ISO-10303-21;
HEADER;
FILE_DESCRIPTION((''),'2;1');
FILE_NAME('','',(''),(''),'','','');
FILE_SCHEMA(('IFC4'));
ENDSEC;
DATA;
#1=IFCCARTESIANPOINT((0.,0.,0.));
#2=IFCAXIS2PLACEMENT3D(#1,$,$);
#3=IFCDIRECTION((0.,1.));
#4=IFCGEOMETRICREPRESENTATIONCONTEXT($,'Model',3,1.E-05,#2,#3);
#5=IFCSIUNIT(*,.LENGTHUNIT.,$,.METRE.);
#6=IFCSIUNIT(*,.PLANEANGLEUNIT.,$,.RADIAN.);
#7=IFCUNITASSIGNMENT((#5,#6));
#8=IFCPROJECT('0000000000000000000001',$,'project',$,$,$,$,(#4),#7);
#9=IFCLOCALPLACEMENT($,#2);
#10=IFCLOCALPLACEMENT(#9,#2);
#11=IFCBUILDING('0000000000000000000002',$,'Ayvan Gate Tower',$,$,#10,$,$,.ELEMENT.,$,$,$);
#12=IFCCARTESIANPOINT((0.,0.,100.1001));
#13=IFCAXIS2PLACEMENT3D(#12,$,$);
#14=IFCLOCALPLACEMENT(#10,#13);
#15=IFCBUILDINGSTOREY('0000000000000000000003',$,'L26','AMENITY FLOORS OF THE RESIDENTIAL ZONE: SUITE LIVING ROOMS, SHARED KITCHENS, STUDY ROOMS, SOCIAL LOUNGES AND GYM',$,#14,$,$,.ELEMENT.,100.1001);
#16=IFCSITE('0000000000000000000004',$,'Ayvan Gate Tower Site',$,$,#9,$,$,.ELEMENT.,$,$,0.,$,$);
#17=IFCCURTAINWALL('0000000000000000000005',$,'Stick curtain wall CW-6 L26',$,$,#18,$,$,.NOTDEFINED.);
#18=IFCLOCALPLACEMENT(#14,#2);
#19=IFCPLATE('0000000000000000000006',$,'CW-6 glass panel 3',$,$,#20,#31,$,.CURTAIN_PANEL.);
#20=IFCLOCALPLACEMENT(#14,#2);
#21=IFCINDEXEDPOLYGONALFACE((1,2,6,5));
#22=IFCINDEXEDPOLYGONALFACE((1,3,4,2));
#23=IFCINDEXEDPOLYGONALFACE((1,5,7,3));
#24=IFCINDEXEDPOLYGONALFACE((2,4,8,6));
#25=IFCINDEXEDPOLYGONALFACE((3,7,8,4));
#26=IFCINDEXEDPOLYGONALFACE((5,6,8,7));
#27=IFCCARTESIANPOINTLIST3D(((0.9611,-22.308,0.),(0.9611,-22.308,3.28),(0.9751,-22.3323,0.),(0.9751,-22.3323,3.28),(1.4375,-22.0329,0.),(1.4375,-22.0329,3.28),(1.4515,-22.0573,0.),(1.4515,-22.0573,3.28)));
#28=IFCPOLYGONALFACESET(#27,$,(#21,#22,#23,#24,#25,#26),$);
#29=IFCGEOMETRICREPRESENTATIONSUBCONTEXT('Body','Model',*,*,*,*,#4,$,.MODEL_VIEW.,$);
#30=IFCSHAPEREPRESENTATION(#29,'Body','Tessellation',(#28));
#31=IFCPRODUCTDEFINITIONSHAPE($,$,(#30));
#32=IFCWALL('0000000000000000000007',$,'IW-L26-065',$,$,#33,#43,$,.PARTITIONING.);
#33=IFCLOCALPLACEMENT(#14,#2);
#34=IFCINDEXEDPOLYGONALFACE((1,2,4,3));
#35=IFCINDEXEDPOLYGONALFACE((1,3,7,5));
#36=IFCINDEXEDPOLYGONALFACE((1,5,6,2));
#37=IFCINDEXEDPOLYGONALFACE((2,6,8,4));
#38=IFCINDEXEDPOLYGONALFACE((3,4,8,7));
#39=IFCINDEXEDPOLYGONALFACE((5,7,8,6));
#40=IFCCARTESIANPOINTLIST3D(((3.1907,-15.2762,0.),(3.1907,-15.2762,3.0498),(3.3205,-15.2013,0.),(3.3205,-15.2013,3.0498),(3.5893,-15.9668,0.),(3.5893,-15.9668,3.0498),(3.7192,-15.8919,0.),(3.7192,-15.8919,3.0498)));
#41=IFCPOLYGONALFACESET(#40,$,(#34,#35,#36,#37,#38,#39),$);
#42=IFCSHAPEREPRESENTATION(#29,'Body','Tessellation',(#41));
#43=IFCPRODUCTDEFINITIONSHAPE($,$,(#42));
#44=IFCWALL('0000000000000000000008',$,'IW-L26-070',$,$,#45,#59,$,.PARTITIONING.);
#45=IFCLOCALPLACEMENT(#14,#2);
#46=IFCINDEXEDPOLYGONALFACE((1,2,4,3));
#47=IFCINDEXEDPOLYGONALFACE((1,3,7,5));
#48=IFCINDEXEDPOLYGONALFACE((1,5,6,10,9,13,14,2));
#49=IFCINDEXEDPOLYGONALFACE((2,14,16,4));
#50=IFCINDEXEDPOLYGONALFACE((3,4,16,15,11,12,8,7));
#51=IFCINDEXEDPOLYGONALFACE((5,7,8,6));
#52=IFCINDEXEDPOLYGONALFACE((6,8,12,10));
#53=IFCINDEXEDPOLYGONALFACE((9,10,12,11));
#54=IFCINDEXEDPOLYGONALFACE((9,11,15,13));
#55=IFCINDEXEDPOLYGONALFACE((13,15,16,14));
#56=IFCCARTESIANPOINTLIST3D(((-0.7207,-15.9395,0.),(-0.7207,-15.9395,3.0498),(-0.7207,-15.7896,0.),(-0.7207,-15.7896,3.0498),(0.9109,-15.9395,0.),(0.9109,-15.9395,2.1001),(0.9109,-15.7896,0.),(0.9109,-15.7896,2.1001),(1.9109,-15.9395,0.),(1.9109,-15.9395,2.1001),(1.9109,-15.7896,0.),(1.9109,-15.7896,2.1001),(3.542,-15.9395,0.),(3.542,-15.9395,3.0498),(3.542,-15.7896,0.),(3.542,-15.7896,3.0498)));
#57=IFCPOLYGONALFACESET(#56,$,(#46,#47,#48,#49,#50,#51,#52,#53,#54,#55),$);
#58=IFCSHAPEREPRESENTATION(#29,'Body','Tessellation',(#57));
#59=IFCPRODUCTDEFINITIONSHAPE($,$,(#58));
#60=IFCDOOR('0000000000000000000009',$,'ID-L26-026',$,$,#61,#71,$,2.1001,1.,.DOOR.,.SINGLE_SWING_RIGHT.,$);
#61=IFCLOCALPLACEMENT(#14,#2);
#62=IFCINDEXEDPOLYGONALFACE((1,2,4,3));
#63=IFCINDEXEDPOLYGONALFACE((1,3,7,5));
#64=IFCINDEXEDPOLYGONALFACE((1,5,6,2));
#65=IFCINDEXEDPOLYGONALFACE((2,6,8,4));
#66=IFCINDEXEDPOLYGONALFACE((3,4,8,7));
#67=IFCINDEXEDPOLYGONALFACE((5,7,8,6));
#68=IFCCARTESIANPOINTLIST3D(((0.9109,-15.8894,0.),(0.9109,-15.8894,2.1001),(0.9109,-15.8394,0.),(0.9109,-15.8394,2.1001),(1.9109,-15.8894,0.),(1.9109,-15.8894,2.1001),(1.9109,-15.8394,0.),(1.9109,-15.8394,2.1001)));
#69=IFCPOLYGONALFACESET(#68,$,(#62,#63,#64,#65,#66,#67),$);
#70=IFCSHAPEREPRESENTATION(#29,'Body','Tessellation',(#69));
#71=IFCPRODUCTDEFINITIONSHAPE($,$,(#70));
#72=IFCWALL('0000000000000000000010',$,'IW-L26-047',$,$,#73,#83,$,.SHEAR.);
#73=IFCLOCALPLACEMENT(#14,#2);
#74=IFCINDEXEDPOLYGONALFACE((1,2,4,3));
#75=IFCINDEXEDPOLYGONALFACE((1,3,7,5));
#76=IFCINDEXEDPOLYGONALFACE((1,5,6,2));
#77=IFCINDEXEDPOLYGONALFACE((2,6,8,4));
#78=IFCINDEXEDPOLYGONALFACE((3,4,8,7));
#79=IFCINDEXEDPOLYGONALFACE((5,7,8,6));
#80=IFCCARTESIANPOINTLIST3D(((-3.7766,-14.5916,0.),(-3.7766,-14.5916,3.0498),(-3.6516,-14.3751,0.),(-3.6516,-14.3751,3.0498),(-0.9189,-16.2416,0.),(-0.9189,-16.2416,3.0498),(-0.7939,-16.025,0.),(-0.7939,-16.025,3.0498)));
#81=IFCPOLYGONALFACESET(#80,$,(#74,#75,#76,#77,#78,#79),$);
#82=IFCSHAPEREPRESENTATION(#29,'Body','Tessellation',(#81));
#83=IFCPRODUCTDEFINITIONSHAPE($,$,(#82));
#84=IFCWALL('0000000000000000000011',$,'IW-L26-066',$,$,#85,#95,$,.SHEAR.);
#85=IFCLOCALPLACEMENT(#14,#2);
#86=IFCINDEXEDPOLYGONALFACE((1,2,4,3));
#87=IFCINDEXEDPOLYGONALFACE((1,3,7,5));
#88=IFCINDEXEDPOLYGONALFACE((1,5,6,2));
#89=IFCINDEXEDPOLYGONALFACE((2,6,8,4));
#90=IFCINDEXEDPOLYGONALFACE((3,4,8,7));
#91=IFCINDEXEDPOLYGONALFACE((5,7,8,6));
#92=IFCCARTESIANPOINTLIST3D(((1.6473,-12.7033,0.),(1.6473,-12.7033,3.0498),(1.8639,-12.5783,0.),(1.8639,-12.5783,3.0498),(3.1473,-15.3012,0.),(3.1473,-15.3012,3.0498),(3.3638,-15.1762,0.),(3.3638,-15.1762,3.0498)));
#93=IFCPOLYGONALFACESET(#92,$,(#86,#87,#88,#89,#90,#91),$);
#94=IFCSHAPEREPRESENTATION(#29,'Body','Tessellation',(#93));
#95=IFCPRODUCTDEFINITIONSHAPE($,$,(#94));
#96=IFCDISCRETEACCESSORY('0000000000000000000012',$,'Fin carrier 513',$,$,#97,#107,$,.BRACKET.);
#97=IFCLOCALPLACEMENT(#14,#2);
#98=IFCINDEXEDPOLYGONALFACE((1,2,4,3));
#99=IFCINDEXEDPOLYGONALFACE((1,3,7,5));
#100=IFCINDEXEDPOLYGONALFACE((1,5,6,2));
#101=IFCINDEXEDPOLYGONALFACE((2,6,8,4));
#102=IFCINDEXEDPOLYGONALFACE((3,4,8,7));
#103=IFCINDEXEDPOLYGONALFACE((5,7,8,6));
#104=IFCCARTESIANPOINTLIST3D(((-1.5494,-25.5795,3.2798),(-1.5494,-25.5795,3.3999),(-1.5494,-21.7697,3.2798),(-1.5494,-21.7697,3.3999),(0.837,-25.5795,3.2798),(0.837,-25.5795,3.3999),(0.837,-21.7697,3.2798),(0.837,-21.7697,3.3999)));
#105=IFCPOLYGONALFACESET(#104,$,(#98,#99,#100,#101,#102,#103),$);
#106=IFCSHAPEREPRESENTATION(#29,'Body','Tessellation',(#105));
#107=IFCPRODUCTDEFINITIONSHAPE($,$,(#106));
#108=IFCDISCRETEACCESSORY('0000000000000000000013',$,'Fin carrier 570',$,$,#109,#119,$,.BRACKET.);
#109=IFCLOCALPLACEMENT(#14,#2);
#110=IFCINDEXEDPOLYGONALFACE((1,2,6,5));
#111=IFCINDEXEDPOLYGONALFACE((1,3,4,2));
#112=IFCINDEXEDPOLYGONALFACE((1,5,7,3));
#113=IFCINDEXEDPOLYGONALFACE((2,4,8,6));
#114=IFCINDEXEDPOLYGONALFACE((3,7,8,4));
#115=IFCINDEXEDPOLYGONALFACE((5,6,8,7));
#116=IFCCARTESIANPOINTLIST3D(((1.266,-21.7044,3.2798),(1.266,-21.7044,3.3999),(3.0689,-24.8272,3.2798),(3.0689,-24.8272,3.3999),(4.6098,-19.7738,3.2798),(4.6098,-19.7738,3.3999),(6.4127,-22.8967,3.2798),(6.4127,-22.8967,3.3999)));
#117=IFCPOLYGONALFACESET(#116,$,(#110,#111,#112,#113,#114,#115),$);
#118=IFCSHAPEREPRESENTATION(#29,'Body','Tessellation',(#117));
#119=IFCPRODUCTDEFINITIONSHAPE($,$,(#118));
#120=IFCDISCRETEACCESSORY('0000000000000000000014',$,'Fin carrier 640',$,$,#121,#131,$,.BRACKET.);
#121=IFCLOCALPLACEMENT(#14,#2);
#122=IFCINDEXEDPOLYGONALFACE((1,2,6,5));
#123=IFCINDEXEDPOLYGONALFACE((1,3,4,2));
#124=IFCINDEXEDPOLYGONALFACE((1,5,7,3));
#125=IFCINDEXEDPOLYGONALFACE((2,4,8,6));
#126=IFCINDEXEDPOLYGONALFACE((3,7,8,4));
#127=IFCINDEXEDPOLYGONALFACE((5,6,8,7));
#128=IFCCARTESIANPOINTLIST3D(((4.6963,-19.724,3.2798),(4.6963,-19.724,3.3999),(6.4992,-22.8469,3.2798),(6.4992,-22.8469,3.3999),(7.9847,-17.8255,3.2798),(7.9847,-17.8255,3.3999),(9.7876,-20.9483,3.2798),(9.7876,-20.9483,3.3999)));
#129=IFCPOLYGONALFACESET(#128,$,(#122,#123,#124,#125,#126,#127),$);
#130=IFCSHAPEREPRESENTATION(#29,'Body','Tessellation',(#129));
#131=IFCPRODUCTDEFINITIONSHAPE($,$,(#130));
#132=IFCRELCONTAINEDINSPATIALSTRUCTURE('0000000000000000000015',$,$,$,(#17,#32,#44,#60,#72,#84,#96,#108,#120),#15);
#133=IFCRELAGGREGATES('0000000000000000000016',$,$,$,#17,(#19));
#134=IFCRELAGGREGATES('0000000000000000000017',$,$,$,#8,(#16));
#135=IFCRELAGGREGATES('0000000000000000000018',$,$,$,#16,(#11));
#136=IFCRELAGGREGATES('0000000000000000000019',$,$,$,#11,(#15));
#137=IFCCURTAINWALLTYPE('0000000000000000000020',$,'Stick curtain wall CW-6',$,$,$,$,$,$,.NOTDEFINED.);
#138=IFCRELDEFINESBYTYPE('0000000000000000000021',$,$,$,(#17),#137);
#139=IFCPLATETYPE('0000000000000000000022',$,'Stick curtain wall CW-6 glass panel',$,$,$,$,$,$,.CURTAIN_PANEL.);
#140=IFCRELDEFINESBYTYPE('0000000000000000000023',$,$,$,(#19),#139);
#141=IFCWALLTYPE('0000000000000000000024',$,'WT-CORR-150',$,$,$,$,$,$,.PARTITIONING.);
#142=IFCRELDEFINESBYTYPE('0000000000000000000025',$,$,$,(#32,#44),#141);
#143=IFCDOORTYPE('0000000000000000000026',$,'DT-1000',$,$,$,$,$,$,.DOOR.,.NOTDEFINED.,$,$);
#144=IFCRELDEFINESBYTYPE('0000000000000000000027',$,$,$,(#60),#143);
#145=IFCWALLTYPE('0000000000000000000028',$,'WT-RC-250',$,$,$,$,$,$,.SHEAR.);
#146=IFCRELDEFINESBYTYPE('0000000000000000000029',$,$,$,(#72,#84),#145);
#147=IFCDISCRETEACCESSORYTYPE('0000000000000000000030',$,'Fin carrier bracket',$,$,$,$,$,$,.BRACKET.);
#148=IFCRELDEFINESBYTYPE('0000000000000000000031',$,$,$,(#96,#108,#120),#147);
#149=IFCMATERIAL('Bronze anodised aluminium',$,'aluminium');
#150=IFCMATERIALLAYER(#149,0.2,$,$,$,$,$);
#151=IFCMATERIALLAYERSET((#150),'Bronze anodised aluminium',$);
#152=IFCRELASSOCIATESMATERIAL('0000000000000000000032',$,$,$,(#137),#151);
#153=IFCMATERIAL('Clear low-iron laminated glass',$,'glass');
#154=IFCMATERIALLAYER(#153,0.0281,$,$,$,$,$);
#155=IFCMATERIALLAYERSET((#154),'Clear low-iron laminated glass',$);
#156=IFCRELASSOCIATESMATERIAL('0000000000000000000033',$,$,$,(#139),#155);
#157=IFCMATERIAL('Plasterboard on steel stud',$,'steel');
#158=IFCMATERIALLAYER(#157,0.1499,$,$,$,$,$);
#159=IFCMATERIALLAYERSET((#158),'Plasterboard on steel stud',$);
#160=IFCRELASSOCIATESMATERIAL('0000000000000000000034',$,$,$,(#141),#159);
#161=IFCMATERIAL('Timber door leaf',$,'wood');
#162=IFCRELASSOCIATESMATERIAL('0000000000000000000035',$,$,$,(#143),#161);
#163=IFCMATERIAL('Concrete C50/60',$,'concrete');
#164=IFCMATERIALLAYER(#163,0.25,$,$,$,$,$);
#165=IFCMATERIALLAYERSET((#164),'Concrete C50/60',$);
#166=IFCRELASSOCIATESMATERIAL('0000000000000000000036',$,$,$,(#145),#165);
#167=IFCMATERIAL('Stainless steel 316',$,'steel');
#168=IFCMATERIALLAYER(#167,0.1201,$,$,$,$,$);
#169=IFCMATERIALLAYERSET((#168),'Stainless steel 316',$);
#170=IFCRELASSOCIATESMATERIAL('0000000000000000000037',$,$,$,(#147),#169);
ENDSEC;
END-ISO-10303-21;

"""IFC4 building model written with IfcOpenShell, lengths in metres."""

from ifc_helpers import new_model, si_unit, direction, frame, frame_2d, origin, origin_2d, place, context, subcontext, project, spatial, rectangle, extrude, material, layer, layer_set, type_object, element, fill, aggregate, save


model = new_model("IFC4")

# Units and contexts
model_context = context("Model", 3, precision=1e-05, world=origin(), true_north=direction((0.0, 1.0)))
body_context = subcontext(model_context, "Body", "Model", "MODEL_VIEW")
ifc_project = project(units=[si_unit("LENGTHUNIT", "METRE"), si_unit("PLANEANGLEUNIT", "RADIAN")], contexts=[model_context])

# Site, building, storey
site_placement = place(None, origin())
site = spatial("IfcSite", under=ifc_project, at=site_placement, Name="Ayvan Gate Tower Site", CompositionType="ELEMENT", RefElevation=0.0)
building_placement = place(site_placement, origin())
building = spatial("IfcBuilding", under=site, at=building_placement, Name="Ayvan Gate Tower", CompositionType="ELEMENT")
storey_placement = place(building_placement, frame((0.0, 0.0, 100.1001)))
storey = spatial("IfcBuildingStorey", under=building, at=storey_placement, Name="L26", Description="AMENITY FLOORS OF THE RESIDENTIAL ZONE: SUITE LIVING ROOMS, SHARED KITCHENS, STUDY ROOMS, SOCIAL LOUNGES AND GYM", CompositionType="ELEMENT", Elevation=100.1001)

# Curtain wall
ifc_material_1 = material(Name="Bronze anodised aluminium", Category="aluminium")
ifc_layer_1 = layer(ifc_material_1, 0.2)
ifc_layer_set_1 = layer_set([ifc_layer_1], Name="Bronze anodised aluminium")
curtain_wall_type_1 = type_object("IfcCurtainWallType", Name="Stick curtain wall CW-6", PredefinedType="NOTDEFINED", material=ifc_layer_set_1)
curtain_wall_1_placement = place(storey_placement, origin())
curtain_wall_1 = element("IfcCurtainWall", 1, at=curtain_wall_1_placement, inside=storey, type_object=curtain_wall_type_1, Name="Stick curtain wall CW-6 L26", PredefinedType="NOTDEFINED")

# Plate
ifc_material_2 = material(Name="Clear low-iron laminated glass", Category="glass")
ifc_layer_2 = layer(ifc_material_2, 0.0281)
ifc_layer_set_2 = layer_set([ifc_layer_2], Name="Clear low-iron laminated glass")
plate_type_1 = type_object("IfcPlateType", Name="Stick curtain wall CW-6 glass panel", PredefinedType="CURTAIN_PANEL", material=ifc_layer_set_2)
plate_1_placement = place(storey_placement, frame((1.2063, -22.1826, 0.0), z_axis=(0.0, 0.0, 1.0), x_axis=(0.866025, 0.5, 0.0)))
plate_1 = element("IfcPlate", 2, at=plate_1_placement, type_object=plate_type_1, Name="CW-6 glass panel 3", PredefinedType="CURTAIN_PANEL", context=body_context, shape_type="SweptSolid", body=[
    extrude(rectangle(XDim=0.55, YDim=0.0281, at=origin_2d()), origin(), (0.0, 0.0, 1.0), 3.28),
])
aggregate(curtain_wall_1, [plate_1])

# Wall
ifc_material_3 = material(Name="Plasterboard on steel stud", Category="steel")
ifc_layer_3 = layer(ifc_material_3, 0.1499)
ifc_layer_set_3 = layer_set([ifc_layer_3], Name="Plasterboard on steel stud")
wall_type_1 = type_object("IfcWallType", Name="WT-CORR-150", PredefinedType="PARTITIONING", material=ifc_layer_set_3)
wall_1_placement = place(storey_placement, frame((3.2556, -15.2388, 0.0), z_axis=(0.0, 0.0, 1.0), x_axis=(0.499926, -0.866068, 0.0)))
element("IfcWall", 3, at=wall_1_placement, inside=storey, type_object=wall_type_1, Name="IW-L26-065", PredefinedType="PARTITIONING", context=body_context, shape_type="SweptSolid", body=[
    extrude(rectangle(XDim=0.7974, YDim=0.1499, at=frame_2d((0.3987, 0.0))), origin(), (0.0, 0.0, 1.0), 3.0498),
])

# Wall, opening, door
wall_2_placement = place(storey_placement, frame((3.542, -15.8645, 0.0), z_axis=(0.0, 0.0, 1.0), x_axis=(-1.0, 0.0, 0.0)))
wall_2 = element("IfcWall", 4, at=wall_2_placement, inside=storey, type_object=wall_type_1, Name="IW-L26-070", PredefinedType="PARTITIONING", context=body_context, shape_type="SweptSolid", body=[
    extrude(rectangle(XDim=4.2627, YDim=0.1499, at=frame_2d((2.1313, 0.0))), origin(), (0.0, 0.0, 1.0), 3.0498),
])
opening_placement = place(wall_2_placement, frame((1.6311, 0.0, 0.0)))
opening = element("IfcOpeningElement", 5, at=opening_placement, cuts=wall_2, PredefinedType="OPENING", context=body_context, shape_type="SweptSolid", body=[
    extrude(rectangle(XDim=1.0, YDim=2.1001, at=frame_2d((0.5, 1.05))), frame((0.0, 0.085, 0.0), z_axis=(0.0, -1.0, 0.0), x_axis=(1.0, 0.0, 0.0)), (0.0, 0.0, 1.0), 0.1699),
])
ifc_material_4 = material(Name="Timber door leaf", Category="wood")
door_type = type_object("IfcDoorType", Name="DT-1000", OperationType="NOTDEFINED", PredefinedType="DOOR", material=ifc_material_4)
door_placement = place(opening_placement, origin())
door = element("IfcDoor", 6, at=door_placement, inside=storey, type_object=door_type, Name="ID-L26-026", OperationType="SINGLE_SWING_RIGHT", OverallHeight=2.1001, OverallWidth=1.0, PredefinedType="DOOR", context=body_context, shape_type="SweptSolid", body=[
    extrude(rectangle(XDim=1.0, YDim=2.1001, at=frame_2d((0.5, 1.05))), frame((0.0, 0.0249, 0.0), z_axis=(0.0, -1.0, 0.0), x_axis=(1.0, 0.0, 0.0)), (0.0, 0.0, 1.0), 0.05),
])
fill(opening, door)

# Walls
ifc_material_5 = material(Name="Concrete C50/60", Category="concrete")
ifc_layer_4 = layer(ifc_material_5, 0.25)
ifc_layer_set_4 = layer_set([ifc_layer_4], Name="Concrete C50/60")
wall_type_2 = type_object("IfcWallType", Name="WT-RC-250", PredefinedType="SHEAR", material=ifc_layer_set_4)
wall_3_placement = place(storey_placement, frame((-0.8564, -16.1333, 0.0), z_axis=(0.0, 0.0, 1.0), x_axis=(-0.866022, 0.500006, 0.0)))
element("IfcWall", 7, at=wall_3_placement, inside=storey, type_object=wall_type_2, Name="IW-L26-047", PredefinedType="SHEAR", context=body_context, shape_type="SweptSolid", body=[
    extrude(rectangle(XDim=3.2998, YDim=0.25, at=frame_2d((1.6499, 0.0))), origin(), (0.0, 0.0, 1.0), 3.0498),
])
wall_4_placement = place(storey_placement, frame((3.2556, -15.2388, 0.0), z_axis=(0.0, 0.0, 1.0), x_axis=(-0.500025, 0.866011, 0.0)))
element("IfcWall", 8, at=wall_4_placement, inside=storey, type_object=wall_type_2, Name="IW-L26-066", PredefinedType="SHEAR", context=body_context, shape_type="SweptSolid", body=[
    extrude(rectangle(XDim=2.9998, YDim=0.25, at=frame_2d((1.5, 0.0))), origin(), (0.0, 0.0, 1.0), 3.0498),
])

# Discrete accessories
ifc_material_6 = material(Name="Stainless steel 316", Category="steel")
ifc_layer_5 = layer(ifc_material_6, 0.1201)
ifc_layer_set_5 = layer_set([ifc_layer_5], Name="Stainless steel 316")
discrete_accessory_type = type_object("IfcDiscreteAccessoryType", Name="Fin carrier bracket", PredefinedType="BRACKET", material=ifc_layer_set_5)
discrete_accessory_1_placement = place(storey_placement, frame((-0.3562, -23.6746, 3.2798), z_axis=(0.0, 0.0, 1.0), x_axis=(1.0, 0.0, 0.0)))
element("IfcDiscreteAccessory", 9, at=discrete_accessory_1_placement, inside=storey, type_object=discrete_accessory_type, Name="Fin carrier 513", PredefinedType="BRACKET", context=body_context, shape_type="SweptSolid", body=[
    extrude(rectangle(XDim=2.3865, YDim=3.8098, at=origin_2d()), origin(), (0.0, 0.0, 1.0), 0.1201),
])
discrete_accessory_2_placement = place(storey_placement, frame((3.8394, -22.3005, 3.2798), z_axis=(0.0, 0.0, 1.0), x_axis=(0.866025, 0.5, 0.0)))
element("IfcDiscreteAccessory", 10, at=discrete_accessory_2_placement, inside=storey, type_object=discrete_accessory_type, Name="Fin carrier 570", PredefinedType="BRACKET", context=body_context, shape_type="SweptSolid", body=[
    extrude(rectangle(XDim=3.8611, YDim=3.606, at=origin_2d()), origin(), (0.0, 0.0, 1.0), 0.1201),
])
discrete_accessory_3_placement = place(storey_placement, frame((7.2419, -20.3362, 3.2798), z_axis=(0.0, 0.0, 1.0), x_axis=(0.866025, 0.5, 0.0)))
element("IfcDiscreteAccessory", 11, at=discrete_accessory_3_placement, inside=storey, type_object=discrete_accessory_type, Name="Fin carrier 640", PredefinedType="BRACKET", context=body_context, shape_type="SweptSolid", body=[
    extrude(rectangle(XDim=3.7971, YDim=3.606, at=origin_2d()), origin(), (0.0, 0.0, 1.0), 0.1201),
])

save(model, "model.ifc")
